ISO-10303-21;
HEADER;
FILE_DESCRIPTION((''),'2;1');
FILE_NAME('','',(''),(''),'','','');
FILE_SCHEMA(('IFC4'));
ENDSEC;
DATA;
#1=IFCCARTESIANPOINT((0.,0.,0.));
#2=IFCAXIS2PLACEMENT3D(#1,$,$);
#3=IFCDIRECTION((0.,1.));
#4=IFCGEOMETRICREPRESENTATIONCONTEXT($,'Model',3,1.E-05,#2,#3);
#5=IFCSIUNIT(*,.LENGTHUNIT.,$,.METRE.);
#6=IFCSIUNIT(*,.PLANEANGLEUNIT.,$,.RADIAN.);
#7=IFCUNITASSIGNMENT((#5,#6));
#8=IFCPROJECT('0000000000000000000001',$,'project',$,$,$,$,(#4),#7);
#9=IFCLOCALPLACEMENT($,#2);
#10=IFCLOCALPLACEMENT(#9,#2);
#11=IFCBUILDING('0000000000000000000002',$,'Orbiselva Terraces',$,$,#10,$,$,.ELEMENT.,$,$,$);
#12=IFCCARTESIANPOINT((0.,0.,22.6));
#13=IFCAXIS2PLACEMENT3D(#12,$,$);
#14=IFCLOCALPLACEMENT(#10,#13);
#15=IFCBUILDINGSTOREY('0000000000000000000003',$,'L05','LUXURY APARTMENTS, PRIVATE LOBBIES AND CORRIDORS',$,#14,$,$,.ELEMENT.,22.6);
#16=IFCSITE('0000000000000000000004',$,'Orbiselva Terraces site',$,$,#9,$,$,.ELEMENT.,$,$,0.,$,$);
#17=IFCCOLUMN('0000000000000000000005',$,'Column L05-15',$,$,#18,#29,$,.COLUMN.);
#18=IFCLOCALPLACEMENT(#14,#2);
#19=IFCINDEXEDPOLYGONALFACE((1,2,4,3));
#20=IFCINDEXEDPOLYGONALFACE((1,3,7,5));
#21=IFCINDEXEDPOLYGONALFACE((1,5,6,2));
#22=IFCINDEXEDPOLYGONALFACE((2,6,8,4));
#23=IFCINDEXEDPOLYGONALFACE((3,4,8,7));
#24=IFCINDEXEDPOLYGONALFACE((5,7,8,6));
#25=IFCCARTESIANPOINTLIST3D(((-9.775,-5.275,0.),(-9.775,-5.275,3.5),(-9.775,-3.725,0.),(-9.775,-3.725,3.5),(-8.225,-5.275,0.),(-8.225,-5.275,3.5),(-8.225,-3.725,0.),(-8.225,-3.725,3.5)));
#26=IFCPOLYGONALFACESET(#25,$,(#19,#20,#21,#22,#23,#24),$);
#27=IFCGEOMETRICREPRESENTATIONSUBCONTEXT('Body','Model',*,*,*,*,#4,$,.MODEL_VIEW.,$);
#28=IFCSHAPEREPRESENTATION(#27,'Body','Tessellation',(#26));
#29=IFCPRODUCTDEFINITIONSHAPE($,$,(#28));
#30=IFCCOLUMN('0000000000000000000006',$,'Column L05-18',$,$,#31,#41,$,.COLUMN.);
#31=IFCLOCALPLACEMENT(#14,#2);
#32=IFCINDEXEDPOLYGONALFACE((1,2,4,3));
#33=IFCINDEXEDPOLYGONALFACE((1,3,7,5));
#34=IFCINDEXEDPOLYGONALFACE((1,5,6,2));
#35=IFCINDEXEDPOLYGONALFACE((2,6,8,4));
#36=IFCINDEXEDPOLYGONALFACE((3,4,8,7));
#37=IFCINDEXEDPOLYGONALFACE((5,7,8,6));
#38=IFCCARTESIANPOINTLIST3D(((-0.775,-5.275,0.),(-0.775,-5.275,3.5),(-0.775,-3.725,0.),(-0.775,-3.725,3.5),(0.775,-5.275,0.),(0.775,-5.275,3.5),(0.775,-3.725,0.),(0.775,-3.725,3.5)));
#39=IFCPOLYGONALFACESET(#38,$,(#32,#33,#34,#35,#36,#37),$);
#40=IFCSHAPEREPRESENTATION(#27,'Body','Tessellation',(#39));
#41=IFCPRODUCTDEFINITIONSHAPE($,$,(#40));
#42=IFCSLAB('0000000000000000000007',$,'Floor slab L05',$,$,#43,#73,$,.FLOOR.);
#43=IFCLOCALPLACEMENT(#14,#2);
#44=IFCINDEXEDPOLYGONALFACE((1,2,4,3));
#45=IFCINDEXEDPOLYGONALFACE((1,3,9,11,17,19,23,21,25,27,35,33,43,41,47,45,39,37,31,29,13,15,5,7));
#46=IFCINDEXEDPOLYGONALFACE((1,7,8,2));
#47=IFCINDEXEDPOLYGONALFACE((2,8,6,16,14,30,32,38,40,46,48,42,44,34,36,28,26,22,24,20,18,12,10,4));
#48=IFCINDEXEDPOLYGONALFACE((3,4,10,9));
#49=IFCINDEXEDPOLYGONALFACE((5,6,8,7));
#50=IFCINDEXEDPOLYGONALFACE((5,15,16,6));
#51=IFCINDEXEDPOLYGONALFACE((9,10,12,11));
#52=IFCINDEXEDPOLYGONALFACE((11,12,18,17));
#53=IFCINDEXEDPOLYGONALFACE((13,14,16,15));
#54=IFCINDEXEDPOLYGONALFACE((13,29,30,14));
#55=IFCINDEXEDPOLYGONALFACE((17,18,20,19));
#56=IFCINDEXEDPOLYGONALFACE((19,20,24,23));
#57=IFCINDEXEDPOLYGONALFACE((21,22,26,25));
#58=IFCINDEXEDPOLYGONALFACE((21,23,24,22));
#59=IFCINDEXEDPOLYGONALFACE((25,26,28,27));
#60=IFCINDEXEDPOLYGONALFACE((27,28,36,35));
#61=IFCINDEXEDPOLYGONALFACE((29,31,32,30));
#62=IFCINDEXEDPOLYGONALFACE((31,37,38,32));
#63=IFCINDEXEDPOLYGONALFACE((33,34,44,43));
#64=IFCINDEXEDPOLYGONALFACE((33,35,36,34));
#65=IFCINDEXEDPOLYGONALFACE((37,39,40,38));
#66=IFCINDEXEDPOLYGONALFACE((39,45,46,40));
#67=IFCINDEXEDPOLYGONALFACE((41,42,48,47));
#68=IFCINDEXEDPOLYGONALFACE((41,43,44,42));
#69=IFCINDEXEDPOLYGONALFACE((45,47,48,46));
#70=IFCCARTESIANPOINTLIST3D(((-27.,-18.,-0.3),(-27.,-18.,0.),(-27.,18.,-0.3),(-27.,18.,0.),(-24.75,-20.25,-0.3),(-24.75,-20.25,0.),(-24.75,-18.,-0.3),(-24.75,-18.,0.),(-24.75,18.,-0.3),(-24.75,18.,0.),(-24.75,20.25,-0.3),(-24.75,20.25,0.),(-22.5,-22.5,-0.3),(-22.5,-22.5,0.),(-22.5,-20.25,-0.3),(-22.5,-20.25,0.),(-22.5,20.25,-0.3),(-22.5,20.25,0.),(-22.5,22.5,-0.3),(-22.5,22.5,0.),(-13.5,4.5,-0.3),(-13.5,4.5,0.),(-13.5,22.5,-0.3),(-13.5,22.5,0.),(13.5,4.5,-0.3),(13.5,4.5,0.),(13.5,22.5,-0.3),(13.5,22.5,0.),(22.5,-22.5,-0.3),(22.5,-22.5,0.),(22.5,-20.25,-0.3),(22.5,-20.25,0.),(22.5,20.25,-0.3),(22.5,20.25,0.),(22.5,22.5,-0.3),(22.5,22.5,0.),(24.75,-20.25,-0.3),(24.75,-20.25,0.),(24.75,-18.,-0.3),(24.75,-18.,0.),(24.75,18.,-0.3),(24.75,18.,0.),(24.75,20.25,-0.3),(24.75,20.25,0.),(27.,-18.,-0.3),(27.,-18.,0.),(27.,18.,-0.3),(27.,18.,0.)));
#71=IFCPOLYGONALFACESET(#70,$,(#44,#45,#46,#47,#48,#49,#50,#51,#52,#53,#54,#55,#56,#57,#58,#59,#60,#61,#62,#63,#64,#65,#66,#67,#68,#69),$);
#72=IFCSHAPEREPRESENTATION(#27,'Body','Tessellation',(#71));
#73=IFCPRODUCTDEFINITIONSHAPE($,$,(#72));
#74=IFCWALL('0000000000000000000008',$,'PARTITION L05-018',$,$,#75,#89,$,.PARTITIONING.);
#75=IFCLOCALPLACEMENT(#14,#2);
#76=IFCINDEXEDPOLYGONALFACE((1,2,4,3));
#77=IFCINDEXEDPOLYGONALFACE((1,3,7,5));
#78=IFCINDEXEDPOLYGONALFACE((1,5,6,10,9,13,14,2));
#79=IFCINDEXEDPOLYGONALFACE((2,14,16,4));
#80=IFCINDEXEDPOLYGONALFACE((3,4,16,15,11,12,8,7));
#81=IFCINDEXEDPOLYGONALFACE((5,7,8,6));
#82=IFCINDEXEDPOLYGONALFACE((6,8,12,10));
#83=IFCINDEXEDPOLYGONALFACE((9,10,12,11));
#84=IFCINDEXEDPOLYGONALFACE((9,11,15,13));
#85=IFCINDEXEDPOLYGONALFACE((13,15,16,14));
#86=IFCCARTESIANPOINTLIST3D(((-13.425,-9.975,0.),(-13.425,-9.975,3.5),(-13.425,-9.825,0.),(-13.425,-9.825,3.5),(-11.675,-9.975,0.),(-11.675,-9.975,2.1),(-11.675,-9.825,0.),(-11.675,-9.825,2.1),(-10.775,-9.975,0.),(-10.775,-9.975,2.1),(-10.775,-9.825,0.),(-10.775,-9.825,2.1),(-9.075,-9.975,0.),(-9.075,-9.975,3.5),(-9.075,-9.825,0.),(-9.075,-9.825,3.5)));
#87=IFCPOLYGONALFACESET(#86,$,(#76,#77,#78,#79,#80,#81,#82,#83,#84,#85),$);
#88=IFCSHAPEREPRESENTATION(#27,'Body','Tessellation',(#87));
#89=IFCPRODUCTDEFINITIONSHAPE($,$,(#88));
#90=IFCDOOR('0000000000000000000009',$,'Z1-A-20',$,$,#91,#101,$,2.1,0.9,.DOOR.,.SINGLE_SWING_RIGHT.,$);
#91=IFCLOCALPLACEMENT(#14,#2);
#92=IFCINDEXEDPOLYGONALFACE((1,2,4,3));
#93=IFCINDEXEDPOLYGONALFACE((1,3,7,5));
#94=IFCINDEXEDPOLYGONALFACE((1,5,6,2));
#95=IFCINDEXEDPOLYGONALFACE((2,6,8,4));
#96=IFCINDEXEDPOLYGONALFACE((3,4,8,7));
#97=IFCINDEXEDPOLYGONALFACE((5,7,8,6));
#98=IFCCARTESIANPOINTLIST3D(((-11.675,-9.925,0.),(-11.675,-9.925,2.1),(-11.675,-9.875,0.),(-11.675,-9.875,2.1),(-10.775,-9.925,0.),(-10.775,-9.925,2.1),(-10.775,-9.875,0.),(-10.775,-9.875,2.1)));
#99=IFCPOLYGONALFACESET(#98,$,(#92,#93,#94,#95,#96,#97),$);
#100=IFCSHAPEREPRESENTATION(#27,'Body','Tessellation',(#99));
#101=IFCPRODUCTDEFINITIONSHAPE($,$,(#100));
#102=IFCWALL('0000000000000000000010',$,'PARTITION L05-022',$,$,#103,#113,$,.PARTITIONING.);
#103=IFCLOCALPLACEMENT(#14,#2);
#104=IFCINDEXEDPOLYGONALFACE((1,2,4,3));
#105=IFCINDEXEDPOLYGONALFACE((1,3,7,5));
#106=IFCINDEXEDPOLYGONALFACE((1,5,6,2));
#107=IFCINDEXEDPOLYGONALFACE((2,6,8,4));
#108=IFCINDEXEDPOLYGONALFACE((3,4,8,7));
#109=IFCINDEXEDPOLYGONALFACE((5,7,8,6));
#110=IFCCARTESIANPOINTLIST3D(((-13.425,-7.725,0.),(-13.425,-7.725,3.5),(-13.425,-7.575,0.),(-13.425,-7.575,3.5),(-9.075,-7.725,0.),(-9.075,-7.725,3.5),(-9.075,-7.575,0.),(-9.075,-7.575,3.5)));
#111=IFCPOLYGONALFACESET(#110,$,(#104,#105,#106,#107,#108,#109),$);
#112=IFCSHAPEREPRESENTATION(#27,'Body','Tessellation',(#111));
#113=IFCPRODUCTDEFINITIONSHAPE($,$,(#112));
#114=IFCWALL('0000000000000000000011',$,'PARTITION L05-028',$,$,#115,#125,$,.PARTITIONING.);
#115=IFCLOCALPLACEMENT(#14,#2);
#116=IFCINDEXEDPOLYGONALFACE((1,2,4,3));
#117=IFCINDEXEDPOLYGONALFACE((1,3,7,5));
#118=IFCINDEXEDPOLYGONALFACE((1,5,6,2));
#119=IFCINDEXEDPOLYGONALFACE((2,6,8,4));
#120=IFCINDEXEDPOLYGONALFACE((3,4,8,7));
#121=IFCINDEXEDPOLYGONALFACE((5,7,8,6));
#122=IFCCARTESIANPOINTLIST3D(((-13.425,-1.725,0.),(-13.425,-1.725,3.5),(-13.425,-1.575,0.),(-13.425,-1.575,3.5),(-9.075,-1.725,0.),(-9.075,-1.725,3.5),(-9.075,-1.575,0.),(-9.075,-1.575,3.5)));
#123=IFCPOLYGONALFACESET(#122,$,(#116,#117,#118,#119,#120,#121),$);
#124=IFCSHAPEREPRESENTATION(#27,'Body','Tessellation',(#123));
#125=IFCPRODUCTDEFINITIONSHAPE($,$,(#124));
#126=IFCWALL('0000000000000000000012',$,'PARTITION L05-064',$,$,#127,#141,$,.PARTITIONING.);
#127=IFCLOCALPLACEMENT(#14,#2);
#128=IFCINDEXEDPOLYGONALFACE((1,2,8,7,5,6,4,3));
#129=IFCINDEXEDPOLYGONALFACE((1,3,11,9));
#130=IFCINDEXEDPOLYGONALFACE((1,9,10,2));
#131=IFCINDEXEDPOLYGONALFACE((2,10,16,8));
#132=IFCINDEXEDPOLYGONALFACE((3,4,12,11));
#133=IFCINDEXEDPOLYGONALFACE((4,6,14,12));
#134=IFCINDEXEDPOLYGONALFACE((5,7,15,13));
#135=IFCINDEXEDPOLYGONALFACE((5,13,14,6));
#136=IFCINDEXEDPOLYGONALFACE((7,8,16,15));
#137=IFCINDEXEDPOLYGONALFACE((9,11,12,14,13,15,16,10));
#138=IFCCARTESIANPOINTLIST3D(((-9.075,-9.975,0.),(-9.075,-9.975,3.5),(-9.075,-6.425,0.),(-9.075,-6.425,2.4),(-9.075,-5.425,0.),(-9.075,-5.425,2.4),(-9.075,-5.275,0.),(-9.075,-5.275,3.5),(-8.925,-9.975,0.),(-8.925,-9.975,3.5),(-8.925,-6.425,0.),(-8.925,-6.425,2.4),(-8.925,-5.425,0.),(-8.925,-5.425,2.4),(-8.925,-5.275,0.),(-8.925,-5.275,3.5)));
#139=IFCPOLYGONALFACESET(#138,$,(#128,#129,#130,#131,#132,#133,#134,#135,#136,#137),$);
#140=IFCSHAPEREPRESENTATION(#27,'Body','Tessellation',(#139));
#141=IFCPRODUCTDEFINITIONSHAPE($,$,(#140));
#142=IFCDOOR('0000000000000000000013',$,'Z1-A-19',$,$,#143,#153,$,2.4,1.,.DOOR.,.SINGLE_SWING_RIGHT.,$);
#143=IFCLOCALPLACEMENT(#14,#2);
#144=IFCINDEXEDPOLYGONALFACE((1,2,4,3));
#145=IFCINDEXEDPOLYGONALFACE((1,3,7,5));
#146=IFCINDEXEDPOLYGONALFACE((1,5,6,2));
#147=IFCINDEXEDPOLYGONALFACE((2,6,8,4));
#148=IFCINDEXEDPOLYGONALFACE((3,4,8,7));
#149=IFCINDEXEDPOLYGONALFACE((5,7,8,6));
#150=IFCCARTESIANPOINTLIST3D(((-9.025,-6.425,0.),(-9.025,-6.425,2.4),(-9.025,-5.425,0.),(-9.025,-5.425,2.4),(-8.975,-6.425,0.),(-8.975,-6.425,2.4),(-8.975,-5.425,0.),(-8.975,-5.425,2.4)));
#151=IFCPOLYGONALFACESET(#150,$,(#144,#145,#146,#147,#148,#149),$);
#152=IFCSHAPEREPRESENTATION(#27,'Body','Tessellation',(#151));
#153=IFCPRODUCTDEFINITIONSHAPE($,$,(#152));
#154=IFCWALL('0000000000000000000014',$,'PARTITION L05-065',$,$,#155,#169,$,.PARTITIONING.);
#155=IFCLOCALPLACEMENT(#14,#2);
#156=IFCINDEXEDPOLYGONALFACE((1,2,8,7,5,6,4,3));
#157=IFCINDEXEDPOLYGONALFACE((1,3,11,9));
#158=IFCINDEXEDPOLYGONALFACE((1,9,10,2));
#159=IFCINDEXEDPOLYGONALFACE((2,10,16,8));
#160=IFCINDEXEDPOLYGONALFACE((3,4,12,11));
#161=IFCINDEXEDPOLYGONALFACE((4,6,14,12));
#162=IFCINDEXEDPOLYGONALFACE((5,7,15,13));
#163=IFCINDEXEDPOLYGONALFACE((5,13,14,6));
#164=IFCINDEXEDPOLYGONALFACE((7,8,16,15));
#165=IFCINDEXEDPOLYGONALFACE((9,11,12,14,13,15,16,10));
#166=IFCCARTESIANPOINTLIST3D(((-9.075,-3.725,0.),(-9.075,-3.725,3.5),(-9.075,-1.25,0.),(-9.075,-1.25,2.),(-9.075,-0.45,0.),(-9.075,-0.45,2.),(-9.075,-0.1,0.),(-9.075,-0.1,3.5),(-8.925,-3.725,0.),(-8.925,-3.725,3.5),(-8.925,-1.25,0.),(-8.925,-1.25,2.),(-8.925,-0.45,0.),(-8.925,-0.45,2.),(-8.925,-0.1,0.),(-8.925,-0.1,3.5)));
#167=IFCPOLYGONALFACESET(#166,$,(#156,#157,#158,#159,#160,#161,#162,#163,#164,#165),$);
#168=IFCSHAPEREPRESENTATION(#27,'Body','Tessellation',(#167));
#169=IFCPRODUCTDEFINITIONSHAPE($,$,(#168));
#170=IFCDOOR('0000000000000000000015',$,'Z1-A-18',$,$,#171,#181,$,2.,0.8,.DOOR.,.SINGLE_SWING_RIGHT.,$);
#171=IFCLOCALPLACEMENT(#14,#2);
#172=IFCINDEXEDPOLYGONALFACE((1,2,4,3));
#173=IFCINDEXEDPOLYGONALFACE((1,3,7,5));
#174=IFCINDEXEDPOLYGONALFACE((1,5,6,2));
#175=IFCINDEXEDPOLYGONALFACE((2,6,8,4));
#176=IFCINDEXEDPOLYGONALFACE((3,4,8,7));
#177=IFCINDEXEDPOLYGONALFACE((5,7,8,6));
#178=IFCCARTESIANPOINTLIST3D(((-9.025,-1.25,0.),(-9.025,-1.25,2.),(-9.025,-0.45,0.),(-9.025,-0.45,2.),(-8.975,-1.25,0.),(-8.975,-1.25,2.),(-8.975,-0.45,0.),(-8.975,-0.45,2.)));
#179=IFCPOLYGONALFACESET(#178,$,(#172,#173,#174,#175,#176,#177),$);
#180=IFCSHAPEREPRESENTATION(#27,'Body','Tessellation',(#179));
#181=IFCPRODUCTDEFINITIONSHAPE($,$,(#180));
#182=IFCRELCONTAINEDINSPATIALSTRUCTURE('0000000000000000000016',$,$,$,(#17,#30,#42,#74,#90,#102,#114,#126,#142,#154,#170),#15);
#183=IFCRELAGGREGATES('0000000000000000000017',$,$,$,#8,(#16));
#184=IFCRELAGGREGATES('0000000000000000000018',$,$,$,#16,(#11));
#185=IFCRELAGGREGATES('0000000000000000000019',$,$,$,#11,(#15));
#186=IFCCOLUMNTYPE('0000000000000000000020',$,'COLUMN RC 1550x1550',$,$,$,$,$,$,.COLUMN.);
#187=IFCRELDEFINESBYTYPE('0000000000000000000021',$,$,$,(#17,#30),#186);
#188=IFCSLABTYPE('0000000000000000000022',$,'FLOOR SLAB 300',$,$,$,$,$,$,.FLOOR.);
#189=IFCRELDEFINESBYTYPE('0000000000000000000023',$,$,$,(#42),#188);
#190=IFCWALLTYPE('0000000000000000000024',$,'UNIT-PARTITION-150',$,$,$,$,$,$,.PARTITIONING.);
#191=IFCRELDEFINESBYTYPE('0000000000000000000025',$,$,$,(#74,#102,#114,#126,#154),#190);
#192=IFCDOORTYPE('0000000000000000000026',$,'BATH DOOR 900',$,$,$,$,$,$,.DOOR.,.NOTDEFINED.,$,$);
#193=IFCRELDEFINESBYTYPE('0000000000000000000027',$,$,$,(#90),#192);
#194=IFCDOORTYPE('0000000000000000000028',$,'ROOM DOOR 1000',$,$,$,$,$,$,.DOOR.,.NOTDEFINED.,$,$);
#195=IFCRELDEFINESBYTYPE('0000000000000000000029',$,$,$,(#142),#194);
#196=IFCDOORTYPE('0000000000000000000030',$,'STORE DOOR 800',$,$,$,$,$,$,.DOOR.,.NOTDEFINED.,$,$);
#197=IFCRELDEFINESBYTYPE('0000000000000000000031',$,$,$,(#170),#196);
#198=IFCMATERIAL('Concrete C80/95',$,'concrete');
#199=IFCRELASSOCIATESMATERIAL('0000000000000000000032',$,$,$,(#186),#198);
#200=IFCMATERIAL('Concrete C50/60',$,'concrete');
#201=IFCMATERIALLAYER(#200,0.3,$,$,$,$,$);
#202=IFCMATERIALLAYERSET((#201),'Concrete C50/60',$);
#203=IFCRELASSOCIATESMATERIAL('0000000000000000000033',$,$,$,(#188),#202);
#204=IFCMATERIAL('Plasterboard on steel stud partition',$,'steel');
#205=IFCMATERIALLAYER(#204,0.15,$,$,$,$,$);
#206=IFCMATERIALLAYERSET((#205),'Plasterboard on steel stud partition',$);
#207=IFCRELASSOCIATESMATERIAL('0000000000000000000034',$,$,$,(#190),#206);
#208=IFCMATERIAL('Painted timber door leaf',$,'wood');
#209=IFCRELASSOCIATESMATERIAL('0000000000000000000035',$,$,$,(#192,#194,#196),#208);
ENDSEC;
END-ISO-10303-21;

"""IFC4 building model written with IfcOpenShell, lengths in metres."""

from ifc_helpers import new_model, si_unit, direction, frame, frame_2d, origin, origin_2d, place, context, subcontext, project, spatial, polyline, rectangle, outline, extrude, material, layer, layer_set, material_profile, profile_set, type_object, element, fill, save


model = new_model("IFC4")

# Units and contexts
model_context = context("Model", 3, precision=1e-05, world=origin(), true_north=direction((0.0, 1.0)))
body_context = subcontext(model_context, "Body", "Model", "MODEL_VIEW")
ifc_project = project(units=[si_unit("LENGTHUNIT", "METRE"), si_unit("PLANEANGLEUNIT", "RADIAN")], contexts=[model_context])

# Site, building, storey
site_placement = place(None, origin())
site = spatial("IfcSite", under=ifc_project, at=site_placement, Name="Orbiselva Terraces site", CompositionType="ELEMENT", RefElevation=0.0)
building_placement = place(site_placement, origin())
building = spatial("IfcBuilding", under=site, at=building_placement, Name="Orbiselva Terraces", CompositionType="ELEMENT")
storey_placement = place(building_placement, frame((0.0, 0.0, 22.6)))
storey = spatial("IfcBuildingStorey", under=building, at=storey_placement, Name="L05", Description="LUXURY APARTMENTS, PRIVATE LOBBIES AND CORRIDORS", CompositionType="ELEMENT", Elevation=22.6)

# Columns
ifc_material_1 = material(Name="Concrete C80/95", Category="concrete")
ifc_material_profile = material_profile(ifc_material_1, rectangle(XDim=1.55, YDim=1.55, at=origin_2d()), Name="RC 1550x1550")
ifc_profile_set = profile_set([ifc_material_profile], Name="Concrete C80/95")
column_type = type_object("IfcColumnType", Name="COLUMN RC 1550x1550", PredefinedType="COLUMN", material=ifc_profile_set)
for number, where, z_axis, x_axis, name in (
    (1, (-9.0, -4.5, 0.0), (0.0, 0.0, 1.0), (1.0, 0.0, 0.0), "Column L05-15"),
    (2, (0.0, -4.5, 0.0), (0.0, 0.0, 1.0), (1.0, 0.0, 0.0), "Column L05-18"),
):
    element("IfcColumn", number, at=place(storey_placement, frame(where, z_axis=z_axis, x_axis=x_axis)), inside=storey, type_object=column_type, Name=name, PredefinedType="COLUMN", context=body_context, shape_type="SweptSolid", body=[
        extrude(rectangle(XDim=1.55, YDim=1.55, at=origin_2d()), origin(), (0.0, 0.0, 1.0), 3.5),
    ])

# Slab
ifc_material_2 = material(Name="Concrete C50/60", Category="concrete")
ifc_layer_1 = layer(ifc_material_2, 0.3)
ifc_layer_set_1 = layer_set([ifc_layer_1], Name="Concrete C50/60")
slab_type = type_object("IfcSlabType", Name="FLOOR SLAB 300", PredefinedType="FLOOR", material=ifc_layer_set_1)
slab_placement = place(storey_placement, frame((0.0, 0.0, -0.3)))
element("IfcSlab", 3, at=slab_placement, inside=storey, type_object=slab_type, Name="Floor slab L05", PredefinedType="FLOOR", context=body_context, shape_type="SweptSolid", body=[
    extrude(outline(polyline([(22.5, 22.5), (22.5, 20.25), (24.75, 20.25), (24.75, 18.0), (27.0, 18.0), (27.0, -18.0), (24.75, -18.0), (24.75, -20.25), (22.5, -20.25), (22.5, -22.5), (-22.5, -22.5), (-22.5, -20.25), (-24.75, -20.25), (-24.75, -18.0), (-27.0, -18.0), (-27.0, 18.0), (-24.75, 18.0), (-24.75, 20.25), (-22.5, 20.25), (-22.5, 22.5), (-13.5, 22.5), (-13.5, 4.5), (13.5, 4.5), (13.5, 22.5), (22.5, 22.5)])), origin(), (0.0, 0.0, 1.0), 0.3),
])

# Wall, opening, door
ifc_material_3 = material(Name="Plasterboard on steel stud partition", Category="steel")
ifc_layer_2 = layer(ifc_material_3, 0.15)
ifc_layer_set_2 = layer_set([ifc_layer_2], Name="Plasterboard on steel stud partition")
wall_type = type_object("IfcWallType", Name="UNIT-PARTITION-150", PredefinedType="PARTITIONING", material=ifc_layer_set_2)
wall_1_placement = place(storey_placement, frame((-13.425, -9.9, 0.0), z_axis=(0.0, 0.0, 1.0), x_axis=(1.0, 0.0, 0.0)))
wall_1 = element("IfcWall", 4, at=wall_1_placement, inside=storey, type_object=wall_type, Name="PARTITION L05-018", PredefinedType="PARTITIONING", context=body_context, shape_type="SweptSolid", body=[
    extrude(rectangle(XDim=4.35, YDim=0.15, at=frame_2d((2.175, 0.0))), origin(), (0.0, 0.0, 1.0), 3.5),
])
opening_1_placement = place(wall_1_placement, frame((1.75, 0.0, 0.0)))
opening_1 = element("IfcOpeningElement", 5, at=opening_1_placement, cuts=wall_1, PredefinedType="OPENING", context=body_context, shape_type="SweptSolid", body=[
    extrude(rectangle(XDim=0.9, YDim=2.1, at=frame_2d((0.45, 1.05))), frame((0.0, 0.085, 0.0), z_axis=(0.0, -1.0, 0.0), x_axis=(1.0, 0.0, 0.0)), (0.0, 0.0, 1.0), 0.17),
])
ifc_material_4 = material(Name="Painted timber door leaf", Category="wood")
door_type_1 = type_object("IfcDoorType", Name="BATH DOOR 900", OperationType="NOTDEFINED", PredefinedType="DOOR", material=ifc_material_4)
door_1_placement = place(opening_1_placement, origin())
door_1 = element("IfcDoor", 6, at=door_1_placement, inside=storey, type_object=door_type_1, Name="Z1-A-20", OperationType="SINGLE_SWING_RIGHT", OverallHeight=2.1, OverallWidth=0.9, PredefinedType="DOOR", context=body_context, shape_type="SweptSolid", body=[
    extrude(rectangle(XDim=0.9, YDim=2.1, at=frame_2d((0.45, 1.05))), frame((0.0, 0.025, 0.0), z_axis=(0.0, -1.0, 0.0), x_axis=(1.0, 0.0, 0.0)), (0.0, 0.0, 1.0), 0.05),
])
fill(opening_1, door_1)

# Walls
for number, where, z_axis, x_axis, name in (
    (7, (-13.425, -7.65, 0.0), (0.0, 0.0, 1.0), (1.0, 0.0, 0.0), "PARTITION L05-022"),
    (8, (-13.425, -1.65, 0.0), (0.0, 0.0, 1.0), (1.0, 0.0, 0.0), "PARTITION L05-028"),
):
    element("IfcWall", number, at=place(storey_placement, frame(where, z_axis=z_axis, x_axis=x_axis)), inside=storey, type_object=wall_type, Name=name, PredefinedType="PARTITIONING", context=body_context, shape_type="SweptSolid", body=[
        extrude(rectangle(XDim=4.35, YDim=0.15, at=frame_2d((2.175, 0.0))), origin(), (0.0, 0.0, 1.0), 3.5),
    ])

# Walls, openings, doors
wall_2_placement = place(storey_placement, frame((-9.0, -9.975, 0.0), z_axis=(0.0, 0.0, 1.0), x_axis=(0.0, 1.0, 0.0)))
wall_2 = element("IfcWall", 9, at=wall_2_placement, inside=storey, type_object=wall_type, Name="PARTITION L05-064", PredefinedType="PARTITIONING", context=body_context, shape_type="SweptSolid", body=[
    extrude(rectangle(XDim=4.7, YDim=0.15, at=frame_2d((2.35, 0.0))), origin(), (0.0, 0.0, 1.0), 3.5),
])
opening_2_placement = place(wall_2_placement, frame((3.55, 0.0, 0.0)))
opening_2 = element("IfcOpeningElement", 10, at=opening_2_placement, cuts=wall_2, PredefinedType="OPENING", context=body_context, shape_type="SweptSolid", body=[
    extrude(rectangle(XDim=1.0, YDim=2.4, at=frame_2d((0.5, 1.2))), frame((0.0, 0.085, 0.0), z_axis=(0.0, -1.0, 0.0), x_axis=(1.0, 0.0, 0.0)), (0.0, 0.0, 1.0), 0.17),
])
door_type_2 = type_object("IfcDoorType", Name="ROOM DOOR 1000", OperationType="NOTDEFINED", PredefinedType="DOOR", material=ifc_material_4)
door_2_placement = place(opening_2_placement, origin())
door_2 = element("IfcDoor", 11, at=door_2_placement, inside=storey, type_object=door_type_2, Name="Z1-A-19", OperationType="SINGLE_SWING_RIGHT", OverallHeight=2.4, OverallWidth=1.0, PredefinedType="DOOR", context=body_context, shape_type="SweptSolid", body=[
    extrude(rectangle(XDim=1.0, YDim=2.4, at=frame_2d((0.5, 1.2))), frame((0.0, 0.025, 0.0), z_axis=(0.0, -1.0, 0.0), x_axis=(1.0, 0.0, 0.0)), (0.0, 0.0, 1.0), 0.05),
])
fill(opening_2, door_2)
wall_3_placement = place(storey_placement, frame((-9.0, -3.725, 0.0), z_axis=(0.0, 0.0, 1.0), x_axis=(0.0, 1.0, 0.0)))
wall_3 = element("IfcWall", 12, at=wall_3_placement, inside=storey, type_object=wall_type, Name="PARTITION L05-065", PredefinedType="PARTITIONING", context=body_context, shape_type="SweptSolid", body=[
    extrude(rectangle(XDim=3.625, YDim=0.15, at=frame_2d((1.8125, 0.0))), origin(), (0.0, 0.0, 1.0), 3.5),
])
opening_3_placement = place(wall_3_placement, frame((2.475, 0.0, 0.0)))
opening_3 = element("IfcOpeningElement", 13, at=opening_3_placement, cuts=wall_3, PredefinedType="OPENING", context=body_context, shape_type="SweptSolid", body=[
    extrude(rectangle(XDim=0.8, YDim=2.0, at=frame_2d((0.4, 1.0))), frame((0.0, 0.085, 0.0), z_axis=(0.0, -1.0, 0.0), x_axis=(1.0, 0.0, 0.0)), (0.0, 0.0, 1.0), 0.17),
])
door_type_3 = type_object("IfcDoorType", Name="STORE DOOR 800", OperationType="NOTDEFINED", PredefinedType="DOOR", material=ifc_material_4)
door_3_placement = place(opening_3_placement, origin())
door_3 = element("IfcDoor", 14, at=door_3_placement, inside=storey, type_object=door_type_3, Name="Z1-A-18", OperationType="SINGLE_SWING_RIGHT", OverallHeight=2.0, OverallWidth=0.8, PredefinedType="DOOR", context=body_context, shape_type="SweptSolid", body=[
    extrude(rectangle(XDim=0.8, YDim=2.0, at=frame_2d((0.4, 1.0))), frame((0.0, 0.025, 0.0), z_axis=(0.0, -1.0, 0.0), x_axis=(1.0, 0.0, 0.0)), (0.0, 0.0, 1.0), 0.05),
])
fill(opening_3, door_3)

save(model, "model.ifc")
